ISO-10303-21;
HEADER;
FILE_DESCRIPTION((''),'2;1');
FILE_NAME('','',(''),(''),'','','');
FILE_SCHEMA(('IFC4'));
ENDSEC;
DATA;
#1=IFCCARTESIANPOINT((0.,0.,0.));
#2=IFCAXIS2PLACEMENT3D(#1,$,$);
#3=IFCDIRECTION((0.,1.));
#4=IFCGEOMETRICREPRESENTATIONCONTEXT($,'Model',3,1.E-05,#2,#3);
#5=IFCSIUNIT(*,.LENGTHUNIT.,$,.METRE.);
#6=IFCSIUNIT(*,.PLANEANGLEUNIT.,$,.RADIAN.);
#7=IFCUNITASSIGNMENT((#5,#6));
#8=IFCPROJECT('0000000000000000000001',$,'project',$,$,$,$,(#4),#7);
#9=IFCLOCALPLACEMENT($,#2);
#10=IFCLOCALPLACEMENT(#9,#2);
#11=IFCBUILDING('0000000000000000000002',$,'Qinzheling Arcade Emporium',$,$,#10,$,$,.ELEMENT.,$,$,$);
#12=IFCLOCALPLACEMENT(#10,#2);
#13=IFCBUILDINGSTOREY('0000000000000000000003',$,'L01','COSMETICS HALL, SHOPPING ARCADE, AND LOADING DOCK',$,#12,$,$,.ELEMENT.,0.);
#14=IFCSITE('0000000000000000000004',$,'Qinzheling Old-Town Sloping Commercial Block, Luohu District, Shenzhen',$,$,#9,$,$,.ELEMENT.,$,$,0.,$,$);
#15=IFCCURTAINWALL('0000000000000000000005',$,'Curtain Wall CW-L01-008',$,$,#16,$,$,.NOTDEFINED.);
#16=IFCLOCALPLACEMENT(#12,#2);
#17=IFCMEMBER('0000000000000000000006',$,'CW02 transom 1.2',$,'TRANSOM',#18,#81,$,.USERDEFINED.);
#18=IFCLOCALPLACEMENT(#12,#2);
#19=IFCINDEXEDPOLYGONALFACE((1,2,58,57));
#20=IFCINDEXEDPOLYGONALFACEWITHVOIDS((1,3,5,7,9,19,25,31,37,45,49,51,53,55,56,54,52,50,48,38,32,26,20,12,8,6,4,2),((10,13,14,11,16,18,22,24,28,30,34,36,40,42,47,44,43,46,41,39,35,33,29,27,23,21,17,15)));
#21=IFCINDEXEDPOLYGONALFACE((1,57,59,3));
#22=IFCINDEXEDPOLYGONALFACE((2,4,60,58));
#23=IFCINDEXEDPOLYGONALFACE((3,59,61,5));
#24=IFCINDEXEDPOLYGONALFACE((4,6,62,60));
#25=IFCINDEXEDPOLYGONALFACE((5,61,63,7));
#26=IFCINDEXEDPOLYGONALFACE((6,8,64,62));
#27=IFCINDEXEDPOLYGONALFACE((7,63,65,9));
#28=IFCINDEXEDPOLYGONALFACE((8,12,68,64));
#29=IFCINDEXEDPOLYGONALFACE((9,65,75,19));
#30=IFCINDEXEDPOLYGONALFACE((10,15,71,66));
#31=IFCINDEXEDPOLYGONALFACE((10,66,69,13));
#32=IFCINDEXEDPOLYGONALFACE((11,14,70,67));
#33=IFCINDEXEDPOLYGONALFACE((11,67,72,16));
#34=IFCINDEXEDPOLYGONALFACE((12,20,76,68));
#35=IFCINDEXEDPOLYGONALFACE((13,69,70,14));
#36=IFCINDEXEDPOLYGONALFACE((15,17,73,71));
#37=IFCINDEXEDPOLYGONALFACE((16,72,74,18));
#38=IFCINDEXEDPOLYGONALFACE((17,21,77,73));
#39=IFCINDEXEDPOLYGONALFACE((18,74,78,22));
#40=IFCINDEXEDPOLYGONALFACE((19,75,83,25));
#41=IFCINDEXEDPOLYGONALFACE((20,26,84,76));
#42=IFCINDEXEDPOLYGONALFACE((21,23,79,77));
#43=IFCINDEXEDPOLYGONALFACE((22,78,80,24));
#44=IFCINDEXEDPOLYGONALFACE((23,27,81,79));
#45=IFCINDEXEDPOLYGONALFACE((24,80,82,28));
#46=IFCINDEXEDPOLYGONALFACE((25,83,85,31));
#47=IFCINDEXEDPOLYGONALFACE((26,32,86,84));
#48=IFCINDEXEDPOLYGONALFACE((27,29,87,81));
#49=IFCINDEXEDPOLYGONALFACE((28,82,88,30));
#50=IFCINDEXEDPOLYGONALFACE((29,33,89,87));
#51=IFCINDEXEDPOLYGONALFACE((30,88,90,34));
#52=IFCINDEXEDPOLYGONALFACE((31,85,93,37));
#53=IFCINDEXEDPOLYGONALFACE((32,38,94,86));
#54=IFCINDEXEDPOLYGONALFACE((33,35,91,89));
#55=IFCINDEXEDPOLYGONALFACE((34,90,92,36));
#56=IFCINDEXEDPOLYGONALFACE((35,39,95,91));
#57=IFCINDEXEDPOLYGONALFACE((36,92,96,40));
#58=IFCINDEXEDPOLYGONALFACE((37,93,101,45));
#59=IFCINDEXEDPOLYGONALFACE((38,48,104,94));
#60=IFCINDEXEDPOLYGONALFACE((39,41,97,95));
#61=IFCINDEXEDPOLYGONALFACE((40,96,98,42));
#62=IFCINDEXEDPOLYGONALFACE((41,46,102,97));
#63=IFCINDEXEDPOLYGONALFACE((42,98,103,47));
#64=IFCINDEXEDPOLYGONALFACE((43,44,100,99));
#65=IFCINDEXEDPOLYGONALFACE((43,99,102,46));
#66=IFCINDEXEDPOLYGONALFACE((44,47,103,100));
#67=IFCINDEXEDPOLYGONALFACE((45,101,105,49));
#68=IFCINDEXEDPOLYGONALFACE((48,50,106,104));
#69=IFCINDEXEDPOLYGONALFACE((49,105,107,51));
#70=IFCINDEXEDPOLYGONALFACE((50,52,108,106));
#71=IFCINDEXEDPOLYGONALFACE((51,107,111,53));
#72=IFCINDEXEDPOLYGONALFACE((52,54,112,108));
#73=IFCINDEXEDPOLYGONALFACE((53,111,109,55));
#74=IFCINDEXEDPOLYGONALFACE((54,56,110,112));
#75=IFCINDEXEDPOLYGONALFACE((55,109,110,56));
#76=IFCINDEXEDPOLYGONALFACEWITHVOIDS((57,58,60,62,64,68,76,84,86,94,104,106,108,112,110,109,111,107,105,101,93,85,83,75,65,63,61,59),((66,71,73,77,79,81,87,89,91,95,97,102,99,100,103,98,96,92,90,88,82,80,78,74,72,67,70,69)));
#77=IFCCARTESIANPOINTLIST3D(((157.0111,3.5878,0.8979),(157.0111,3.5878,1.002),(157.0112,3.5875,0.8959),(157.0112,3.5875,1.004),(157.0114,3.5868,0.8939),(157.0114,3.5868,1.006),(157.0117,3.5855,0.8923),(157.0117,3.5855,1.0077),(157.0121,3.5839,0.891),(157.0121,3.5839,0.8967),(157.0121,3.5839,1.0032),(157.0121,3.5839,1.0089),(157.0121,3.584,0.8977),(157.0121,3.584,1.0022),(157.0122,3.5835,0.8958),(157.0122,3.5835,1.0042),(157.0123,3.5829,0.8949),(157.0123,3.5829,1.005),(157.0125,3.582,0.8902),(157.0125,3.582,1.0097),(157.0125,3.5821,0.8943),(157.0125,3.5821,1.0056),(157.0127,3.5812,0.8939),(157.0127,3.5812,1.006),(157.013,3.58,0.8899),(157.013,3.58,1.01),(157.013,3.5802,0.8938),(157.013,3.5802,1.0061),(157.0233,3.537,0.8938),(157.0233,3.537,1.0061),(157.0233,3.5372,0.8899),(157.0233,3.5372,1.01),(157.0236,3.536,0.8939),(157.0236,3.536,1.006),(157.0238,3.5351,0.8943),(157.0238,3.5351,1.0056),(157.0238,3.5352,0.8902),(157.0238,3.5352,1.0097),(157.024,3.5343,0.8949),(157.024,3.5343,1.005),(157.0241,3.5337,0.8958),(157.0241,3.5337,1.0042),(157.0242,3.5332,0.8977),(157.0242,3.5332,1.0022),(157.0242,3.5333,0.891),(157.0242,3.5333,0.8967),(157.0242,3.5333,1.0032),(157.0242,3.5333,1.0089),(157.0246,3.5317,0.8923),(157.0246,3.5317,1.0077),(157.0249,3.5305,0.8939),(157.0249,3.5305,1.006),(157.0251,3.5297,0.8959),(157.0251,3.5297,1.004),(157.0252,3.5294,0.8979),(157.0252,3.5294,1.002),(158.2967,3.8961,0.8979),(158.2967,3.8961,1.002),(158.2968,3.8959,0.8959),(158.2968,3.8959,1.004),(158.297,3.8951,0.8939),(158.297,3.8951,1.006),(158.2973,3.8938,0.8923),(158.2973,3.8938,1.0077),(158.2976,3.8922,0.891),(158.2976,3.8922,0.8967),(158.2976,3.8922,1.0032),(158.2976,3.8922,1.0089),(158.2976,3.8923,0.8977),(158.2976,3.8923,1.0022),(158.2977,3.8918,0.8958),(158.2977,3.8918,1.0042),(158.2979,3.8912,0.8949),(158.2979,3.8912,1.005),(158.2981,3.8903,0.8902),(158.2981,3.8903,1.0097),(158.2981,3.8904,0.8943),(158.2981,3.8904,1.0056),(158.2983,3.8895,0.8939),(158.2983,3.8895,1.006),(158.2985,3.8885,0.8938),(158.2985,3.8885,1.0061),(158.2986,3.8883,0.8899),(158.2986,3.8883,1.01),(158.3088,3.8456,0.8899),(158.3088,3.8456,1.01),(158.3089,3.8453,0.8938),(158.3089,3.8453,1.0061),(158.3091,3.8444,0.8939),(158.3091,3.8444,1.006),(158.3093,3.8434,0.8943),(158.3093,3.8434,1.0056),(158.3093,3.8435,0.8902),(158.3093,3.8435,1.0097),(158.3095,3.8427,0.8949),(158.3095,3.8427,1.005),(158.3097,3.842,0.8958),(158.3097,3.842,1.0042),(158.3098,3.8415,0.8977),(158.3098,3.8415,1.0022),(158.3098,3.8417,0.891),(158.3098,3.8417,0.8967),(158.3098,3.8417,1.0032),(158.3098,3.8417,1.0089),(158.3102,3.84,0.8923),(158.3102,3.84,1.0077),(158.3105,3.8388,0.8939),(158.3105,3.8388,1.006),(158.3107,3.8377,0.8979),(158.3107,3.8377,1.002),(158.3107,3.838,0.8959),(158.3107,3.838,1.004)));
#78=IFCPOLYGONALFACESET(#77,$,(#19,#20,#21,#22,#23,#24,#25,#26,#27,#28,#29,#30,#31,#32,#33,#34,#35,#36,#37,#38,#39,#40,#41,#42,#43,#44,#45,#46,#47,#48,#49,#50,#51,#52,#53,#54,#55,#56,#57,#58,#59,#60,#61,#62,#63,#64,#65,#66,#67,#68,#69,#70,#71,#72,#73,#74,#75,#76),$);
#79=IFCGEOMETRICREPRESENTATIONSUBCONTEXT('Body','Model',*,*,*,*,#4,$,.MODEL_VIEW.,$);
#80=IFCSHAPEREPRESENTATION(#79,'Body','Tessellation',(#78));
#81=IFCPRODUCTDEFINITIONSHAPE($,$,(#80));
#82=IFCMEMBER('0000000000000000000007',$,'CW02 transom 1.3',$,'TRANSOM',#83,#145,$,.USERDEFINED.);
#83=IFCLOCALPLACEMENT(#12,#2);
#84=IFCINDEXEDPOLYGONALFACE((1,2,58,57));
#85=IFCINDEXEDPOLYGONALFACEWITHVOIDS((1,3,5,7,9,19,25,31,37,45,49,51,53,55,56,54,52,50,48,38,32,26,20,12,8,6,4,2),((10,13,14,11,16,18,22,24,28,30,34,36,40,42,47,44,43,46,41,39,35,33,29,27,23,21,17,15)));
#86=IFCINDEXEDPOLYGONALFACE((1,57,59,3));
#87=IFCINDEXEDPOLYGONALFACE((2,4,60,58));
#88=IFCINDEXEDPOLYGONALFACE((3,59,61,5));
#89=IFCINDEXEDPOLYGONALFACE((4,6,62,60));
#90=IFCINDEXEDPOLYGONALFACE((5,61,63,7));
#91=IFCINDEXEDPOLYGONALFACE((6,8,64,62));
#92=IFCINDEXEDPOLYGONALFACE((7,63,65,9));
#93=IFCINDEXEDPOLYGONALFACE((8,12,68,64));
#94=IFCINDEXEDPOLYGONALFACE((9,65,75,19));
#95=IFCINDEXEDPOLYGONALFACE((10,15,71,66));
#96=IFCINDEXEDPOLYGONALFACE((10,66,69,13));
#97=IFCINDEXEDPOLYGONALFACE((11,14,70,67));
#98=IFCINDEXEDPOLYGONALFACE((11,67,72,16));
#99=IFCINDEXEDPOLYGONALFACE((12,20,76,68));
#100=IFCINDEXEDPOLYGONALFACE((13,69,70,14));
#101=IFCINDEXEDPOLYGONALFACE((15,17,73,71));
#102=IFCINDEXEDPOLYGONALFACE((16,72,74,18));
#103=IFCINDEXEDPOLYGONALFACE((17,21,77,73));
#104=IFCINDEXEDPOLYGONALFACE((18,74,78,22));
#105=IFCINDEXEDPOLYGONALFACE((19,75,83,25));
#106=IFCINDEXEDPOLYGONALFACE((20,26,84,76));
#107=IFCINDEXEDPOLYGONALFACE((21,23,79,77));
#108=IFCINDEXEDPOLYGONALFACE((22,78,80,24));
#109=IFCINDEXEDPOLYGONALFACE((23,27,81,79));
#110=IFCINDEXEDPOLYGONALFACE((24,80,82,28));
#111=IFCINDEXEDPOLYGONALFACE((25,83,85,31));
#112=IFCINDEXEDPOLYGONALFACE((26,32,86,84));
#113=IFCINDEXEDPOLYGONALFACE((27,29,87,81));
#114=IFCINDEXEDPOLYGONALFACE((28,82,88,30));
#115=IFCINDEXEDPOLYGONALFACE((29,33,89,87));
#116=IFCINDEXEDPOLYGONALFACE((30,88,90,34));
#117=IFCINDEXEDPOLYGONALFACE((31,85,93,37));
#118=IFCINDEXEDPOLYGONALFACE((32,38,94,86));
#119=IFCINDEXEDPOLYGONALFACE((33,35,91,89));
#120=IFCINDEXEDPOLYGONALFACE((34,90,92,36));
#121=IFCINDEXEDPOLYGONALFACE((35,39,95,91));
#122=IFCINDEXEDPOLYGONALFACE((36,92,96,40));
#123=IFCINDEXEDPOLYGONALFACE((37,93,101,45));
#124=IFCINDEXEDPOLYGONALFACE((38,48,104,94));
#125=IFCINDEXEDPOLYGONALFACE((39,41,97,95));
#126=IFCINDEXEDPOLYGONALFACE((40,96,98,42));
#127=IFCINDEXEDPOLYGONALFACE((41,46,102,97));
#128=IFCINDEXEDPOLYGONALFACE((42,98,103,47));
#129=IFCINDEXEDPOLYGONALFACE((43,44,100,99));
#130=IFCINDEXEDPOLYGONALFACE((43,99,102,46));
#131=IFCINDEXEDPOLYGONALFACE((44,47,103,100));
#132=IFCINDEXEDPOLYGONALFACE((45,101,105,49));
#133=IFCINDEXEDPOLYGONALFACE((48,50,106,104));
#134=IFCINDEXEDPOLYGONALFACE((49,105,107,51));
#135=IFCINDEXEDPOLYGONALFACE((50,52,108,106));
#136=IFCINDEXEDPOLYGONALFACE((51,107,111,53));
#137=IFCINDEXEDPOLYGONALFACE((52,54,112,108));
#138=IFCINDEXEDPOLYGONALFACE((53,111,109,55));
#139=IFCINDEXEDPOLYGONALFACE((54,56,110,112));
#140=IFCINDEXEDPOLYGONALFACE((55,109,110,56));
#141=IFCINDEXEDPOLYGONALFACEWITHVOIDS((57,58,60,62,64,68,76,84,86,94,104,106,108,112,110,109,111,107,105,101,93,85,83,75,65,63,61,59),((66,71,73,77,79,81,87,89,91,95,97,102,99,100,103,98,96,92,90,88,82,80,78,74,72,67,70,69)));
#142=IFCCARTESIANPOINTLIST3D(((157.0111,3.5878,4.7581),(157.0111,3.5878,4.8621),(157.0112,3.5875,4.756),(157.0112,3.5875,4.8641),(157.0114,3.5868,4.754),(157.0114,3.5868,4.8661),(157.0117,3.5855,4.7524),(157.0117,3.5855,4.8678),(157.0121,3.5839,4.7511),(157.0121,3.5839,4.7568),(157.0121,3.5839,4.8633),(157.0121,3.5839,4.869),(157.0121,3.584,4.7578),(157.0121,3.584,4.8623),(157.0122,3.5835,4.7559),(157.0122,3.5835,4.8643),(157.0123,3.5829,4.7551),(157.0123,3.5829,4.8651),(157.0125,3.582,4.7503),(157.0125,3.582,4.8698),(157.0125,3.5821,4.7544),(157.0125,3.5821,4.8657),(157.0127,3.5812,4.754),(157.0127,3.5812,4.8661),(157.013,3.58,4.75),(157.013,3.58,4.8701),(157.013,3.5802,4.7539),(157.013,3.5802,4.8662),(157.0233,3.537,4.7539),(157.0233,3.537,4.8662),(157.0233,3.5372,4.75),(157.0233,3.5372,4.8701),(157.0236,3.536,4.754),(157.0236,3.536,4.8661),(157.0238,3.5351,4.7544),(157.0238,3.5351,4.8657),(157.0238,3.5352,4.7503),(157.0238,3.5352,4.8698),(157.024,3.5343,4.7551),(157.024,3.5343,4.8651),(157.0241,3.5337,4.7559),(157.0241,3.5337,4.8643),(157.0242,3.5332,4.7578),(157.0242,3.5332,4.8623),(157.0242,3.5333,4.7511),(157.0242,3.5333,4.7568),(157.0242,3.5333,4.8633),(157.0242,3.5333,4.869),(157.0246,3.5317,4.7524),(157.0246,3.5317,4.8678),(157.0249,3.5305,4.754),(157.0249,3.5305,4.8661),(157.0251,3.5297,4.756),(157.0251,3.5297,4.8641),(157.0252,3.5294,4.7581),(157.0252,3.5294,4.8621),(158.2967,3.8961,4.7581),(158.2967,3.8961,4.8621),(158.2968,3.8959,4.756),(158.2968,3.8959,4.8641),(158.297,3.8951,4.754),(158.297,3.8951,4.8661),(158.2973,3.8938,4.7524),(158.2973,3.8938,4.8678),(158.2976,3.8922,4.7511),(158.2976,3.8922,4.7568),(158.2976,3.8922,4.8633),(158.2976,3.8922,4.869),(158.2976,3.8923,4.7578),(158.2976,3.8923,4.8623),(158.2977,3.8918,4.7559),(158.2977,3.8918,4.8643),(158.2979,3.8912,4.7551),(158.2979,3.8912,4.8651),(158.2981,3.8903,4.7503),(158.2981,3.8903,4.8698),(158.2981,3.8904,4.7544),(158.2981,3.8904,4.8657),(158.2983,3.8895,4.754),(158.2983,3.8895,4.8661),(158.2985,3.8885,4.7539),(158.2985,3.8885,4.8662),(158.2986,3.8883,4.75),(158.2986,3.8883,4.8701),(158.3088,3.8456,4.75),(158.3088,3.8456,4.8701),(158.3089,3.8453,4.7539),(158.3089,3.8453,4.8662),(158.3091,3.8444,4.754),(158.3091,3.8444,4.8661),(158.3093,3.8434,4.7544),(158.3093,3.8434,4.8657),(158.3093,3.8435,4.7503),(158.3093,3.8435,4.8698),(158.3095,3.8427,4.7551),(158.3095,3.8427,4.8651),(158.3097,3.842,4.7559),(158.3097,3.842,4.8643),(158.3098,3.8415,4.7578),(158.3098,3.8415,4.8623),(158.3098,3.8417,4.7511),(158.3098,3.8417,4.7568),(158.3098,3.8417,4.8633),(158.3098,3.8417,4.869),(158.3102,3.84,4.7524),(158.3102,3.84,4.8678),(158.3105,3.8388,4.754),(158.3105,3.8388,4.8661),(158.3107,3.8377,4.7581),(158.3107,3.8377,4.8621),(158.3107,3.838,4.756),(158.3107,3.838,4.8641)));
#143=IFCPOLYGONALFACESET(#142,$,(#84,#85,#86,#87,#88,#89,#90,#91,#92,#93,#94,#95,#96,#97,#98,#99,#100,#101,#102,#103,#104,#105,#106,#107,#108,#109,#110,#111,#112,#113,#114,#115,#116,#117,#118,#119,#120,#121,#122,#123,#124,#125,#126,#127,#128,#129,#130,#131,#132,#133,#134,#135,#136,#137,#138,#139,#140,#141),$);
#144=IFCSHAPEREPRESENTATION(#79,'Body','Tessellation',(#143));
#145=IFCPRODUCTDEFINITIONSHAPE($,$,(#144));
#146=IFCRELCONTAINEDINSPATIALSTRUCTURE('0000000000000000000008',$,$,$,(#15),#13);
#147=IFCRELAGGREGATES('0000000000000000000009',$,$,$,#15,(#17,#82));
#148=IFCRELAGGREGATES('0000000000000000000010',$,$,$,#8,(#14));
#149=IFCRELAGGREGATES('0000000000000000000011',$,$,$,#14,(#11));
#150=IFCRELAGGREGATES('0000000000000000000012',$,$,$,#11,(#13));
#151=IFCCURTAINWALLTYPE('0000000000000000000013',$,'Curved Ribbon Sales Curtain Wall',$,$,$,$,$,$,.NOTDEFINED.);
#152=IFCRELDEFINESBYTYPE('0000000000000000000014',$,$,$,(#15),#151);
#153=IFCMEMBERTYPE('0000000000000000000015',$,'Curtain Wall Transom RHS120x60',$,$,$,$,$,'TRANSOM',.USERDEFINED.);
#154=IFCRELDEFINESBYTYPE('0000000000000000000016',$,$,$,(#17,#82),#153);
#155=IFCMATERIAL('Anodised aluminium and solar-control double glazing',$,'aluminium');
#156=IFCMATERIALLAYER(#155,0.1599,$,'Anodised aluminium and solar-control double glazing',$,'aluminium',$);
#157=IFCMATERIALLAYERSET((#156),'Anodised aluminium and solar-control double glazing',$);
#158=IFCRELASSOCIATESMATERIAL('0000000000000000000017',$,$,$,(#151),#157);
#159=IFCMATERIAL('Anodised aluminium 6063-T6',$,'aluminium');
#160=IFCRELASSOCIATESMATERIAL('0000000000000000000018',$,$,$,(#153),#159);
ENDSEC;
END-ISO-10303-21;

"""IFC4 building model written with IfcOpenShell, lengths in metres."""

from ifc_helpers import new_model, si_unit, direction, frame, origin, origin_2d, place, context, subcontext, project, spatial, hollow_rectangle, extrude, material, layer, layer_set, material_profile, profile_set, type_object, element, aggregate, save


model = new_model("IFC4")

# Units and contexts
model_context = context("Model", 3, precision=1e-05, world=origin(), true_north=direction((0.0, 1.0)))
body_context = subcontext(model_context, "Body", "Model", "MODEL_VIEW")
ifc_project = project(units=[si_unit("LENGTHUNIT", "METRE"), si_unit("PLANEANGLEUNIT", "RADIAN")], contexts=[model_context])

# Site, building, storey
site_placement = place(None, origin())
site = spatial("IfcSite", under=ifc_project, at=site_placement, Name="Qinzheling Old-Town Sloping Commercial Block, Luohu District, Shenzhen", CompositionType="ELEMENT", RefElevation=0.0)
building_placement = place(site_placement, origin())
building = spatial("IfcBuilding", under=site, at=building_placement, Name="Qinzheling Arcade Emporium", CompositionType="ELEMENT")
storey_placement = place(building_placement, origin())
storey = spatial("IfcBuildingStorey", under=building, at=storey_placement, Name="L01", Description="COSMETICS HALL, SHOPPING ARCADE, AND LOADING DOCK", CompositionType="ELEMENT", Elevation=0.0)

# Curtain wall
ifc_material_1 = material(Name="Anodised aluminium and solar-control double glazing", Category="aluminium")
ifc_layer_1 = layer(ifc_material_1, 0.1599, Name="Anodised aluminium and solar-control double glazing", Category="aluminium")
ifc_layer_set_1 = layer_set([ifc_layer_1], Name="Anodised aluminium and solar-control double glazing")
curtain_wall_type = type_object("IfcCurtainWallType", Name="Curved Ribbon Sales Curtain Wall", PredefinedType="NOTDEFINED", material=ifc_layer_set_1)
ifc_material_2 = material(Name="Anodised aluminium 6063-T6", Category="aluminium")
curtain_wall_1_placement = place(storey_placement, origin())
curtain_wall_1 = element("IfcCurtainWall", 1, at=curtain_wall_1_placement, inside=storey, type_object=curtain_wall_type, Name="Curtain Wall CW-L01-008", PredefinedType="NOTDEFINED")

# Members
ifc_material_profile_1 = material_profile(ifc_material_2, hollow_rectangle(XDim=0.0601, YDim=0.1201, WallThickness=0.0039, InnerFilletRadius=0.0039, OuterFilletRadius=0.0081, at=origin_2d()), Name="RHS 120x60x4", Category="aluminium")
ifc_profile_set_1 = profile_set([ifc_material_profile_1], Name="Anodised aluminium 6063-T6")
member_type_1 = type_object("IfcMemberType", Name="Curtain Wall Transom RHS120x60", ElementType="TRANSOM", PredefinedType="USERDEFINED", material=ifc_profile_set_1)
member_1_placement = place(storey_placement, frame((158.3037, 3.8669, 0.95), z_axis=(-0.972422, -0.233226, 0.0), x_axis=(0.233226, -0.972422, 0.0)))
member_1 = element("IfcMember", 2, at=member_1_placement, type_object=member_type_1, Name="CW02 transom 1.2", ObjectType="TRANSOM", PredefinedType="USERDEFINED", context=body_context, shape_type="SweptSolid", body=[
    extrude(hollow_rectangle(XDim=0.0601, YDim=0.1201, WallThickness=0.0039, InnerFilletRadius=0.0039, OuterFilletRadius=0.0081, at=origin_2d()), origin(), (0.0, 0.0, 1.0), 1.322),
])
member_2_placement = place(storey_placement, frame((158.3037, 3.8669, 4.8101), z_axis=(-0.972422, -0.233226, 0.0), x_axis=(0.233226, -0.972422, 0.0)))
member_2 = element("IfcMember", 3, at=member_2_placement, type_object=member_type_1, Name="CW02 transom 1.3", ObjectType="TRANSOM", PredefinedType="USERDEFINED", context=body_context, shape_type="SweptSolid", body=[
    extrude(hollow_rectangle(XDim=0.0601, YDim=0.1201, WallThickness=0.0039, InnerFilletRadius=0.0039, OuterFilletRadius=0.0081, at=origin_2d()), origin(), (0.0, 0.0, 1.0), 1.322),
])

aggregate(curtain_wall_1, [member_1, member_2])

save(model, "model.ifc")
